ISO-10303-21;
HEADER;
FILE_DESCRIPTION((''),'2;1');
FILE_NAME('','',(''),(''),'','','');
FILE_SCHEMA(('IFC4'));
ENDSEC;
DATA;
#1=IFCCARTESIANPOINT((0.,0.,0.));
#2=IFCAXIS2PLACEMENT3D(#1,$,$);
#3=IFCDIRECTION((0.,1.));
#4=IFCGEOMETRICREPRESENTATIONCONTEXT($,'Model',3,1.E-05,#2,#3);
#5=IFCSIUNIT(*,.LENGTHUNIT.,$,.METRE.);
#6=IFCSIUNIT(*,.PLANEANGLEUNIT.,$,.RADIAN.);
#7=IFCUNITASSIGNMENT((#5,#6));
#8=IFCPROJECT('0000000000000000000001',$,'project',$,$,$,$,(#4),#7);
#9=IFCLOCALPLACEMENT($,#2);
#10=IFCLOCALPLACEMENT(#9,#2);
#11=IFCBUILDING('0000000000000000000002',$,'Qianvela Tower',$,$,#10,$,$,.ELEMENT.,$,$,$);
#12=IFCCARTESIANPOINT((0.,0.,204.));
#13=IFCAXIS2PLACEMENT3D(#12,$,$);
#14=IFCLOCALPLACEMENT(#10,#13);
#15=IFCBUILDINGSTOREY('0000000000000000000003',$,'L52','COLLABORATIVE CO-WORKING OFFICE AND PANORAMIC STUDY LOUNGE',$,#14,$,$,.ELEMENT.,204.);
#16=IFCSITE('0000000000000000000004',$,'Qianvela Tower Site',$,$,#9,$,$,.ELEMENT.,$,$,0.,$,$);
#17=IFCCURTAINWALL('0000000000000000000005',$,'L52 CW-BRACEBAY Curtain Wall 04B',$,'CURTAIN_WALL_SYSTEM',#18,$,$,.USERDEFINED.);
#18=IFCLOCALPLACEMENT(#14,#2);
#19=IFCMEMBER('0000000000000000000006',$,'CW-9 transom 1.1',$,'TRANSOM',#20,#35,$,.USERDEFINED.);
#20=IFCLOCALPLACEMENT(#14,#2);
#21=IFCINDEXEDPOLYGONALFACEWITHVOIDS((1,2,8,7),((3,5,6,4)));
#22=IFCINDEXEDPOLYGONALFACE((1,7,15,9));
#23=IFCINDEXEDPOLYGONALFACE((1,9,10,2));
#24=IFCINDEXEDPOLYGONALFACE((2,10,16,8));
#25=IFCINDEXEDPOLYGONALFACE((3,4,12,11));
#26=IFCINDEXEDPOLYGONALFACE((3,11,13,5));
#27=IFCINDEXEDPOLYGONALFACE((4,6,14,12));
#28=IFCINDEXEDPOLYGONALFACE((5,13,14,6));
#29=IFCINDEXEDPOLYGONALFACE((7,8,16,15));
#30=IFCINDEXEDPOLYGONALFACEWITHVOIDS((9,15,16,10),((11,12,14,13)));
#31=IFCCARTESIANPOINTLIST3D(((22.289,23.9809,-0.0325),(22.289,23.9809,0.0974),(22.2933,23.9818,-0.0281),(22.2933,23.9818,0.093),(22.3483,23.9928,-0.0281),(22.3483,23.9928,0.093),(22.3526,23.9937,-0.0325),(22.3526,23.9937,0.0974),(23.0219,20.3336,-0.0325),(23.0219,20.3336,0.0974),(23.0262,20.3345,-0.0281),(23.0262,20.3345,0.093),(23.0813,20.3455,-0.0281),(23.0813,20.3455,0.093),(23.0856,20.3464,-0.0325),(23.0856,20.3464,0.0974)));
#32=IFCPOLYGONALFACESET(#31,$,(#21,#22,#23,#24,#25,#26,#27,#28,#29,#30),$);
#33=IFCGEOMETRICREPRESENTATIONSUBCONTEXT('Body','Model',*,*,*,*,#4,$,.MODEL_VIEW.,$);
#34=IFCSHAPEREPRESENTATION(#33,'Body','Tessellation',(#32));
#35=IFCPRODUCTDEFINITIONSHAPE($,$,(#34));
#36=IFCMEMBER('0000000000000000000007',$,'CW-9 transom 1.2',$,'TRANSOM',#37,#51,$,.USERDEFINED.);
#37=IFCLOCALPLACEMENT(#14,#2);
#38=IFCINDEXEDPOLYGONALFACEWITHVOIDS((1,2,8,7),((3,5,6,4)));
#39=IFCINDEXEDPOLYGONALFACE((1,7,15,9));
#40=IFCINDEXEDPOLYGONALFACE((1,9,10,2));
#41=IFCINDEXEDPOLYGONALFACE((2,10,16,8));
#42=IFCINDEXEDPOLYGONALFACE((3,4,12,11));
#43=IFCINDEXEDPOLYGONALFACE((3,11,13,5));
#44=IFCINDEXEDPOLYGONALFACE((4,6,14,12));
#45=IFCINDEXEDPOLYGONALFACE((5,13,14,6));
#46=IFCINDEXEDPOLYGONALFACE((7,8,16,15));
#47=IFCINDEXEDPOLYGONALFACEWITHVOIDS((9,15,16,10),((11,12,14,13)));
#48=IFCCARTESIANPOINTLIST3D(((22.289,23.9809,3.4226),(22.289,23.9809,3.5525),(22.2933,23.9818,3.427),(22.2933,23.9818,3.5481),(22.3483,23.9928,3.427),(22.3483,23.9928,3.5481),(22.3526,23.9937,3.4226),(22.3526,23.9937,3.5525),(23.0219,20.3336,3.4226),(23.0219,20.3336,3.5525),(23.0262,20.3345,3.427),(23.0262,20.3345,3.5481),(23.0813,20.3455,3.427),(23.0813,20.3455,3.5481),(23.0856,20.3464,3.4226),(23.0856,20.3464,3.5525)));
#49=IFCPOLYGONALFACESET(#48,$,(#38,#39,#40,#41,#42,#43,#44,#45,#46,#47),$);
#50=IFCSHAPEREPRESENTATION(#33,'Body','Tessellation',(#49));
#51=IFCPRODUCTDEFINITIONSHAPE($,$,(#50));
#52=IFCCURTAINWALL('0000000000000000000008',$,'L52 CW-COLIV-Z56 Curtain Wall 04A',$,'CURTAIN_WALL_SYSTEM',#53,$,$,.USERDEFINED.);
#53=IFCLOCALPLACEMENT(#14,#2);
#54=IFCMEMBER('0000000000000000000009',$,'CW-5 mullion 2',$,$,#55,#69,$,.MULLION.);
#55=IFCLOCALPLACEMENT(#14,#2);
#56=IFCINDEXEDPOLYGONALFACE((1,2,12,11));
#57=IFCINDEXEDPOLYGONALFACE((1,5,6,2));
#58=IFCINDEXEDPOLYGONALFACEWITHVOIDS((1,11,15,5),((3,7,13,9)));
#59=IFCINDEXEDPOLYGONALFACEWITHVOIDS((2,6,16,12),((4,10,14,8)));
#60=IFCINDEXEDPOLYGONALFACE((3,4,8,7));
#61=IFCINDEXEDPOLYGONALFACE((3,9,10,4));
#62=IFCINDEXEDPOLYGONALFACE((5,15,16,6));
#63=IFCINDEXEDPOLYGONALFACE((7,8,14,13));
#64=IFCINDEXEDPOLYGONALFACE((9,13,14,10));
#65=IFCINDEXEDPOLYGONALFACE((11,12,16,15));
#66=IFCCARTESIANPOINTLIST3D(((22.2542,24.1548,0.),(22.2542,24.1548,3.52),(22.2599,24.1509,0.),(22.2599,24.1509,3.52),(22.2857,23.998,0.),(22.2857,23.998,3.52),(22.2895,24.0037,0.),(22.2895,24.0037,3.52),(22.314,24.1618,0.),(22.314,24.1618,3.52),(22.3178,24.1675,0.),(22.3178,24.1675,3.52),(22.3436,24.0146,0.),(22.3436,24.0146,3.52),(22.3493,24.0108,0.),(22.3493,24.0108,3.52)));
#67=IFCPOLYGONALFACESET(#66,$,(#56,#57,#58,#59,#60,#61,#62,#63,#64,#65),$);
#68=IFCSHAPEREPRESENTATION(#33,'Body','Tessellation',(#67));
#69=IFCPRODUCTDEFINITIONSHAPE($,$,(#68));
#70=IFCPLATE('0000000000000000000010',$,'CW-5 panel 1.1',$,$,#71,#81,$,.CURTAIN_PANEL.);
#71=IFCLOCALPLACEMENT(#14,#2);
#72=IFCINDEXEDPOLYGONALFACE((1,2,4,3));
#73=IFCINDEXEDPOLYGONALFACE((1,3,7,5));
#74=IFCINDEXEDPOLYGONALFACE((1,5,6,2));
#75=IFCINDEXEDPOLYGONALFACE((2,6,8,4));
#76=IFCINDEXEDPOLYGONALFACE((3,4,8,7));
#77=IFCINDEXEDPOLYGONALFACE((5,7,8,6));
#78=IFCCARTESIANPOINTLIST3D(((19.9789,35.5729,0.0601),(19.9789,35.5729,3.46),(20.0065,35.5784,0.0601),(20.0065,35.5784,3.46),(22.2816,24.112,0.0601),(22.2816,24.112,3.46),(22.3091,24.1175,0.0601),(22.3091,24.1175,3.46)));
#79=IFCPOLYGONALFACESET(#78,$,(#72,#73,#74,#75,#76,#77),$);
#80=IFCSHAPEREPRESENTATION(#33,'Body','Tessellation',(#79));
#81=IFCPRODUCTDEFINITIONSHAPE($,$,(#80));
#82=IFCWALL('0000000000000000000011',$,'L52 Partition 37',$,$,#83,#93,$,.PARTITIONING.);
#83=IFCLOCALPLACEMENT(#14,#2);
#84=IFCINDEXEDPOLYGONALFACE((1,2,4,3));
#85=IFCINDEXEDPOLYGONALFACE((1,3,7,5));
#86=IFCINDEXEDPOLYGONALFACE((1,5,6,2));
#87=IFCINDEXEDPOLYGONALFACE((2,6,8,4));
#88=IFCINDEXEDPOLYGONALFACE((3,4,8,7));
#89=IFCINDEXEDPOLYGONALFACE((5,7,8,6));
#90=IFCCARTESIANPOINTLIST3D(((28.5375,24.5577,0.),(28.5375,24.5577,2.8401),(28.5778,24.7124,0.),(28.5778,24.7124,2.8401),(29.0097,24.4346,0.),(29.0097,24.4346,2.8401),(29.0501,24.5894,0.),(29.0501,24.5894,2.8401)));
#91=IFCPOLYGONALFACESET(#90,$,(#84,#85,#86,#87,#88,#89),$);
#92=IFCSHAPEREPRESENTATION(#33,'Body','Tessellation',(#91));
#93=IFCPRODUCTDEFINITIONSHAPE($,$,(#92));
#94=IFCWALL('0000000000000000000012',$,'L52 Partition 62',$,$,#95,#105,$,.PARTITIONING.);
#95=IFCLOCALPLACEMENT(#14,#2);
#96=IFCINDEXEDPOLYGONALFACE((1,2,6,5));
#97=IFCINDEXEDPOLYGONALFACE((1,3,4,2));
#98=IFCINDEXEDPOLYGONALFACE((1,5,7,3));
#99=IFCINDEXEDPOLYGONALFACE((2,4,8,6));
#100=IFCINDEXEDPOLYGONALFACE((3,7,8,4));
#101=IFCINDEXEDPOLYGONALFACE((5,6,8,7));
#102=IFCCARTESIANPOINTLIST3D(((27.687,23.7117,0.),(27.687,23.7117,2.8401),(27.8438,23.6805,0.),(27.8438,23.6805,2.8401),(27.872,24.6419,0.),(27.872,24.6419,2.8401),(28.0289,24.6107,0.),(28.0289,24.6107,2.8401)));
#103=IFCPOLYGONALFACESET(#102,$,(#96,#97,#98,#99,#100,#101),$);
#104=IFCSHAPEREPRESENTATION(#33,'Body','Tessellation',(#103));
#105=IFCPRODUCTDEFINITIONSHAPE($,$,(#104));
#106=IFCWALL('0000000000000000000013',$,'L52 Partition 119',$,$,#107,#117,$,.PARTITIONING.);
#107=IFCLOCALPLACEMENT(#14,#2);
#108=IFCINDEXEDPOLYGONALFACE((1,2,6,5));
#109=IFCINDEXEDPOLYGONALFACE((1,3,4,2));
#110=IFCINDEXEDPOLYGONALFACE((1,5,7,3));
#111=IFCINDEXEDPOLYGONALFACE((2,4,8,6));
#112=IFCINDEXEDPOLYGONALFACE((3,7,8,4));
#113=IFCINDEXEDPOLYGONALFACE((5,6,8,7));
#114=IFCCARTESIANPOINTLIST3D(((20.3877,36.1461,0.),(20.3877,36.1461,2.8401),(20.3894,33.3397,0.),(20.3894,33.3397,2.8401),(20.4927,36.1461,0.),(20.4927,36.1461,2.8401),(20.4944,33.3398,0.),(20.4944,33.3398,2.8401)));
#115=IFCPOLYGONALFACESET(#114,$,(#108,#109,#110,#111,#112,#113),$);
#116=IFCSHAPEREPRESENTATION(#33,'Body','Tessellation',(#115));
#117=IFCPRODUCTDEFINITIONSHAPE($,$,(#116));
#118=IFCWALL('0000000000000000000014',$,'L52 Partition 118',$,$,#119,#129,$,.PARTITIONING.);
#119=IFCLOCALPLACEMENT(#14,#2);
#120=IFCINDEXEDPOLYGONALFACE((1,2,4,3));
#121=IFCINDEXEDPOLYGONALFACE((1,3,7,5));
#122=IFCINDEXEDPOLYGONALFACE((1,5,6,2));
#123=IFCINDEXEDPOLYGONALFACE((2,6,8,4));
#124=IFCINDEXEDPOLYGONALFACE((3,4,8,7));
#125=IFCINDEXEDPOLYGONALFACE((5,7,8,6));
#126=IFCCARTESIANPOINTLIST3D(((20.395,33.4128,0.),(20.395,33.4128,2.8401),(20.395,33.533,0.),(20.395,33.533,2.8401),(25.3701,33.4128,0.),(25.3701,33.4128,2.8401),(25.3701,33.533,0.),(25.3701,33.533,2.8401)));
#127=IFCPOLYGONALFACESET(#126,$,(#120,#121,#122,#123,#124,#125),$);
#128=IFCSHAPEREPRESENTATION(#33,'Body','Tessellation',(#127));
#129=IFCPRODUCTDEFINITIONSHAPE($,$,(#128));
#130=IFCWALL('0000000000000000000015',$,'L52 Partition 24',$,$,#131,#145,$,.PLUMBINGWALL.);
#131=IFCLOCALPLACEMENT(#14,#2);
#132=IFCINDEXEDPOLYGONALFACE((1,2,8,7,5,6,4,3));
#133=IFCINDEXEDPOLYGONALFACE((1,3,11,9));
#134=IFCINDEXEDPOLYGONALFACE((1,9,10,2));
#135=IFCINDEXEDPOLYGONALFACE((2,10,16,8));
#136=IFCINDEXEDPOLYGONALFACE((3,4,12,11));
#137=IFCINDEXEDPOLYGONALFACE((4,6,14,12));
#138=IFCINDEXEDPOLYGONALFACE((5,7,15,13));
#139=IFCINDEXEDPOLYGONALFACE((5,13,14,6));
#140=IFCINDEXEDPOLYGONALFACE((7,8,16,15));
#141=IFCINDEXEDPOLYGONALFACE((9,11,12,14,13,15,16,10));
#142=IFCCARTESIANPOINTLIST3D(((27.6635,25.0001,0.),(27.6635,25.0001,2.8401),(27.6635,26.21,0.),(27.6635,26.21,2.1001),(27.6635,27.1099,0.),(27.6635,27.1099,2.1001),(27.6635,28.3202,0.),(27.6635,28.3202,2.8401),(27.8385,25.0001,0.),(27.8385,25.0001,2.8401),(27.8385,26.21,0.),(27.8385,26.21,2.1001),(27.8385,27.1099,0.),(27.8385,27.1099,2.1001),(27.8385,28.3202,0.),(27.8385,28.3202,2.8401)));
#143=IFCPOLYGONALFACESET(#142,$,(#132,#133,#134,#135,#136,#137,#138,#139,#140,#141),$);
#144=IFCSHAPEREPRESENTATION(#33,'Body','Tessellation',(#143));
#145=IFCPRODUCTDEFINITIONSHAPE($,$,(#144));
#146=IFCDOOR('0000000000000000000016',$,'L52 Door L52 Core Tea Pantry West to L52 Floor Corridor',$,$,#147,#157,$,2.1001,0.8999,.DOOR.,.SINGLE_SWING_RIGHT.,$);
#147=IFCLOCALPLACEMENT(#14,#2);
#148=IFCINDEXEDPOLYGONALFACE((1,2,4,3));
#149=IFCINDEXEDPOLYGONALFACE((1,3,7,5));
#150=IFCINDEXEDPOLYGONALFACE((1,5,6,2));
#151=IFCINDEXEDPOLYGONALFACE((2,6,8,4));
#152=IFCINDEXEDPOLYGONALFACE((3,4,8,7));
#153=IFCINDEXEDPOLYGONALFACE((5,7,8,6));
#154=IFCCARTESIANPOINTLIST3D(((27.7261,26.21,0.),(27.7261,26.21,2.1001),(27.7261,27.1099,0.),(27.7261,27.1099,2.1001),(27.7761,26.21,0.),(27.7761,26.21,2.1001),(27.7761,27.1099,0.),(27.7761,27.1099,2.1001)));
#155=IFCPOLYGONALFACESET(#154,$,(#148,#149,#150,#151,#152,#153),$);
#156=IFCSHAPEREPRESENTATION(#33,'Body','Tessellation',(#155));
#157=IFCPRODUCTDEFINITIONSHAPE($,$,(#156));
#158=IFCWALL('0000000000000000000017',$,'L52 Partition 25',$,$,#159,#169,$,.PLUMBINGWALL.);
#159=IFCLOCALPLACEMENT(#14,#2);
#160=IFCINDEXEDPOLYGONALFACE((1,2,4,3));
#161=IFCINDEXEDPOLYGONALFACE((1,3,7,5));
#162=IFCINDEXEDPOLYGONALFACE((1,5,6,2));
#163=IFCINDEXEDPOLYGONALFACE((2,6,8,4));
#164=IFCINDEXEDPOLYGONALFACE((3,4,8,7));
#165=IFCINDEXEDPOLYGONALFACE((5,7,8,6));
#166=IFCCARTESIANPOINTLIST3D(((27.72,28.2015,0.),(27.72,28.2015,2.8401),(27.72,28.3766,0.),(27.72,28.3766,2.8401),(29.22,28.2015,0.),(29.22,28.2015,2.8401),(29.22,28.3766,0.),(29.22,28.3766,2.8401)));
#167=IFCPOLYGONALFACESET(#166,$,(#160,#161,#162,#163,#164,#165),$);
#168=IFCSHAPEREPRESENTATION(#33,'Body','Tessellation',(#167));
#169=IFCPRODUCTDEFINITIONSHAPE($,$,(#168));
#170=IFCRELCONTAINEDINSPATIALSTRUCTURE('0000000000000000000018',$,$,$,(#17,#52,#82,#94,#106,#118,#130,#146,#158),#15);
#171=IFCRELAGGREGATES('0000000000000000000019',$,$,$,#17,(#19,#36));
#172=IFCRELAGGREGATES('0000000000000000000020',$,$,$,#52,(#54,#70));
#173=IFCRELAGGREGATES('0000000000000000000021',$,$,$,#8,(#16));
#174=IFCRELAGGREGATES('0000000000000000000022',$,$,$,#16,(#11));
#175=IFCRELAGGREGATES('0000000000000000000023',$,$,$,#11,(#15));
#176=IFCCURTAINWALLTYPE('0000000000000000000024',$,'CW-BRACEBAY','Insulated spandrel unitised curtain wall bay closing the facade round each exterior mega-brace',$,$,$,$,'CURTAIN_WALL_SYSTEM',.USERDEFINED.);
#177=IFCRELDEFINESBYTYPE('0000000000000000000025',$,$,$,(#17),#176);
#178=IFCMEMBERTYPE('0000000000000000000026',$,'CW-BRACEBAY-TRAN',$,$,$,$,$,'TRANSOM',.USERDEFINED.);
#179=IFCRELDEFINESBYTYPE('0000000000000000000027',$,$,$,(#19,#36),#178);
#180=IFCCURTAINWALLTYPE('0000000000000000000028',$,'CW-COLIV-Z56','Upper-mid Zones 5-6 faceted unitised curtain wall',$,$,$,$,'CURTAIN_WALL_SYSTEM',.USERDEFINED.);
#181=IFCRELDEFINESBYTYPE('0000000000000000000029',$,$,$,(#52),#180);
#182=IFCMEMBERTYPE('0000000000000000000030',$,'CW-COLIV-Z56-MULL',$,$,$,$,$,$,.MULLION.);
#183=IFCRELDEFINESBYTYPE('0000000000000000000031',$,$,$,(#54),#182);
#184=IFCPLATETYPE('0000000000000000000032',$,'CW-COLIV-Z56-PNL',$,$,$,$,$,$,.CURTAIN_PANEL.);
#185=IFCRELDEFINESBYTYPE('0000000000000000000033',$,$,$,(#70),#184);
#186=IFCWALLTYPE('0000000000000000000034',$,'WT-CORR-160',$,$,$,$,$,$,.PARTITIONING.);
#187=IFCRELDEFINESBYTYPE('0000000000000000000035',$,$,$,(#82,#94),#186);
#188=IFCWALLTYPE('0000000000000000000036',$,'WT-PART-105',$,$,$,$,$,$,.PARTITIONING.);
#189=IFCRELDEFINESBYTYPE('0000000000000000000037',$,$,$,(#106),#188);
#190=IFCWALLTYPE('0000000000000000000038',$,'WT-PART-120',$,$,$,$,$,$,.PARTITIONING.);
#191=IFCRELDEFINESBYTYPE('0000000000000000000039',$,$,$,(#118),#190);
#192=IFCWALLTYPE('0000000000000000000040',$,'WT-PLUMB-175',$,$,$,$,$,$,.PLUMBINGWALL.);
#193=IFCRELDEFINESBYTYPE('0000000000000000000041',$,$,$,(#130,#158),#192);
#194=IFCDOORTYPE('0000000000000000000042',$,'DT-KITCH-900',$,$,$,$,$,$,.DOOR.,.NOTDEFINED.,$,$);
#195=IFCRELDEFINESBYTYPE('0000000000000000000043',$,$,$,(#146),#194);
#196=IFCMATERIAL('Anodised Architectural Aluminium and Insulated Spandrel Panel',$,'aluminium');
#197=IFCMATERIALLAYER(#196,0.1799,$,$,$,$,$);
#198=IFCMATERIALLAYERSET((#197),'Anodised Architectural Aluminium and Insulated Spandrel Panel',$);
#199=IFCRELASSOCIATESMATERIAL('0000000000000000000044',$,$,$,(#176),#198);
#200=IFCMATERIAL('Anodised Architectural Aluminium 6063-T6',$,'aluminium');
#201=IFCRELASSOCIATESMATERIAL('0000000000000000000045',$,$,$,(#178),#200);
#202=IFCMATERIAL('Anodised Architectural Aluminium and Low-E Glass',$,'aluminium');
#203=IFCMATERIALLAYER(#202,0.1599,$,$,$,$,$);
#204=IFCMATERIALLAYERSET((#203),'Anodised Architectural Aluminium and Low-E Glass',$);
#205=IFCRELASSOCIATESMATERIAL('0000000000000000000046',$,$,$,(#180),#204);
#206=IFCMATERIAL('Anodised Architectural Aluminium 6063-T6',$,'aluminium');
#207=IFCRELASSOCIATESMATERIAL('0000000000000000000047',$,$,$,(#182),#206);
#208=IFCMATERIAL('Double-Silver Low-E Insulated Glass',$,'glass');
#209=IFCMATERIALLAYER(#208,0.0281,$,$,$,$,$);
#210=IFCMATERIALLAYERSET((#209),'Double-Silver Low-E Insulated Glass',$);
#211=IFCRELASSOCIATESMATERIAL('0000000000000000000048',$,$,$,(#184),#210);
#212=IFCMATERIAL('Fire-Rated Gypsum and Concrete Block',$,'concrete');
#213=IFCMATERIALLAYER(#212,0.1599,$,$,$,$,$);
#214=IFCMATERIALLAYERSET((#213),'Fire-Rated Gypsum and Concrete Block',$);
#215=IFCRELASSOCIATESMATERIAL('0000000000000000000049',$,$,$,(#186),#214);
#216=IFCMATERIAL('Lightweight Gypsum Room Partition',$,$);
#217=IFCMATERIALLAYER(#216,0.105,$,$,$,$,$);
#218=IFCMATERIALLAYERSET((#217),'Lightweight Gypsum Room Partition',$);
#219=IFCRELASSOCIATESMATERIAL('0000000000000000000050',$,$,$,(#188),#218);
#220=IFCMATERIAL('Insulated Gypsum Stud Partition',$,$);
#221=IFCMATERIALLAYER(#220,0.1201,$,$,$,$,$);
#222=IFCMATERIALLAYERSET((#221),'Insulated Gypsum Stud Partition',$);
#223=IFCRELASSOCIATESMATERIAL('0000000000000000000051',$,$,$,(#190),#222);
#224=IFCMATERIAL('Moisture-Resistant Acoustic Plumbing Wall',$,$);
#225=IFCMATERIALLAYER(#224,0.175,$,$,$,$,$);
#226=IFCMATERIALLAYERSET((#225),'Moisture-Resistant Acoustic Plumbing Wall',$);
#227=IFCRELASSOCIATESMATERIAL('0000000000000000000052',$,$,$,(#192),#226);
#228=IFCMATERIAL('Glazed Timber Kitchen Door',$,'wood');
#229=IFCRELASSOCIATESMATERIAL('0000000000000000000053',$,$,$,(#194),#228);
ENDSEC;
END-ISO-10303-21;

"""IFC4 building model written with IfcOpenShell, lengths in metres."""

from ifc_helpers import new_model, si_unit, direction, frame, frame_2d, origin, origin_2d, place, context, subcontext, project, spatial, rectangle, hollow_rectangle, extrude, material, layer, layer_set, material_profile, profile_set, type_object, element, fill, aggregate, save


model = new_model("IFC4")

# Units and contexts
model_context = context("Model", 3, precision=1e-05, world=origin(), true_north=direction((0.0, 1.0)))
body_context = subcontext(model_context, "Body", "Model", "MODEL_VIEW")
ifc_project = project(units=[si_unit("LENGTHUNIT", "METRE"), si_unit("PLANEANGLEUNIT", "RADIAN")], contexts=[model_context])

# Site, building, storey
site_placement = place(None, origin())
site = spatial("IfcSite", under=ifc_project, at=site_placement, Name="Qianvela Tower Site", CompositionType="ELEMENT", RefElevation=0.0)
building_placement = place(site_placement, origin())
building = spatial("IfcBuilding", under=site, at=building_placement, Name="Qianvela Tower", CompositionType="ELEMENT")
storey_placement = place(building_placement, frame((0.0, 0.0, 204.0)))
storey = spatial("IfcBuildingStorey", under=building, at=storey_placement, Name="L52", Description="COLLABORATIVE CO-WORKING OFFICE AND PANORAMIC STUDY LOUNGE", CompositionType="ELEMENT", Elevation=204.0)

# Curtain wall, members
ifc_material_1 = material(Name="Anodised Architectural Aluminium and Insulated Spandrel Panel", Category="aluminium")
ifc_layer_1 = layer(ifc_material_1, 0.1799)
ifc_layer_set_1 = layer_set([ifc_layer_1], Name="Anodised Architectural Aluminium and Insulated Spandrel Panel")
curtain_wall_type_1 = type_object("IfcCurtainWallType", Name="CW-BRACEBAY", Description="Insulated spandrel unitised curtain wall bay closing the facade round each exterior mega-brace", ElementType="CURTAIN_WALL_SYSTEM", PredefinedType="USERDEFINED", material=ifc_layer_set_1)
curtain_wall_1_placement = place(storey_placement, origin())
curtain_wall_1 = element("IfcCurtainWall", 1, at=curtain_wall_1_placement, inside=storey, type_object=curtain_wall_type_1, Name="L52 CW-BRACEBAY Curtain Wall 04B", ObjectType="CURTAIN_WALL_SYSTEM", PredefinedType="USERDEFINED")
ifc_material_2 = material(Name="Anodised Architectural Aluminium 6063-T6", Category="aluminium")
ifc_material_profile_1 = material_profile(ifc_material_2, hollow_rectangle(XDim=0.0649, YDim=0.1299, WallThickness=0.0044, at=origin_2d()), Name="ALU-TRAN-65x130")
ifc_profile_set_1 = profile_set([ifc_material_profile_1], Name="Anodised Architectural Aluminium 6063-T6")
member_type_1 = type_object("IfcMemberType", Name="CW-BRACEBAY-TRAN", ElementType="TRANSOM", PredefinedType="USERDEFINED", material=ifc_profile_set_1)
member_1_placement = place(storey_placement, frame((22.3208, 23.9873, 0.0325), z_axis=(0.197012, -0.980401, 0.0), x_axis=(0.980401, 0.197012, 0.0)))
member_1 = element("IfcMember", 2, at=member_1_placement, type_object=member_type_1, Name="CW-9 transom 1.1", ObjectType="TRANSOM", PredefinedType="USERDEFINED", context=body_context, shape_type="SweptSolid", body=[
    extrude(hollow_rectangle(XDim=0.0649, YDim=0.1299, WallThickness=0.0044, at=origin_2d()), origin(), (0.0, 0.0, 1.0), 3.7202),
])
member_2_placement = place(storey_placement, frame((22.3208, 23.9873, 3.4875), z_axis=(0.197012, -0.980401, 0.0), x_axis=(0.980401, 0.197012, 0.0)))
member_2 = element("IfcMember", 3, at=member_2_placement, type_object=member_type_1, Name="CW-9 transom 1.2", ObjectType="TRANSOM", PredefinedType="USERDEFINED", context=body_context, shape_type="SweptSolid", body=[
    extrude(hollow_rectangle(XDim=0.0649, YDim=0.1299, WallThickness=0.0044, at=origin_2d()), origin(), (0.0, 0.0, 1.0), 3.7202),
])
aggregate(curtain_wall_1, [member_1, member_2])

# Curtain wall, member, plate
ifc_material_3 = material(Name="Anodised Architectural Aluminium and Low-E Glass", Category="aluminium")
ifc_layer_2 = layer(ifc_material_3, 0.1599)
ifc_layer_set_2 = layer_set([ifc_layer_2], Name="Anodised Architectural Aluminium and Low-E Glass")
curtain_wall_type_2 = type_object("IfcCurtainWallType", Name="CW-COLIV-Z56", Description="Upper-mid Zones 5-6 faceted unitised curtain wall", ElementType="CURTAIN_WALL_SYSTEM", PredefinedType="USERDEFINED", material=ifc_layer_set_2)
curtain_wall_2_placement = place(storey_placement, origin())
curtain_wall_2 = element("IfcCurtainWall", 4, at=curtain_wall_2_placement, inside=storey, type_object=curtain_wall_type_2, Name="L52 CW-COLIV-Z56 Curtain Wall 04A", ObjectType="CURTAIN_WALL_SYSTEM", PredefinedType="USERDEFINED")
ifc_material_4 = material(Name="Anodised Architectural Aluminium 6063-T6", Category="aluminium")
ifc_material_profile_2 = material_profile(ifc_material_4, hollow_rectangle(XDim=0.0649, YDim=0.1599, WallThickness=0.0049, at=origin_2d()), Name="ALU-MULL-65x160")
ifc_profile_set_2 = profile_set([ifc_material_profile_2], Name="Anodised Architectural Aluminium 6063-T6")
member_type_2 = type_object("IfcMemberType", Name="CW-COLIV-Z56-MULL", PredefinedType="MULLION", material=ifc_profile_set_2)
member_3_placement = place(storey_placement, frame((22.3018, 24.0828, 0.0), z_axis=(0.0, 0.0, 1.0), x_axis=(0.980408, 0.19698, 0.0)))
member_3 = element("IfcMember", 5, at=member_3_placement, type_object=member_type_2, Name="CW-5 mullion 2", PredefinedType="MULLION", context=body_context, shape_type="SweptSolid", body=[
    extrude(hollow_rectangle(XDim=0.0649, YDim=0.1599, WallThickness=0.0049, at=origin_2d()), origin(), (0.0, 0.0, 1.0), 3.52),
])
ifc_material_5 = material(Name="Double-Silver Low-E Insulated Glass", Category="glass")
ifc_layer_3 = layer(ifc_material_5, 0.0281)
ifc_layer_set_3 = layer_set([ifc_layer_3], Name="Double-Silver Low-E Insulated Glass")
plate_type = type_object("IfcPlateType", Name="CW-COLIV-Z56-PNL", PredefinedType="CURTAIN_PANEL", material=ifc_layer_set_3)
plate_placement = place(storey_placement, frame((21.144, 29.8452, 0.0601), z_axis=(0.0, 0.0, 1.0), x_axis=(0.19698, -0.980408, 0.0)))
plate = element("IfcPlate", 6, at=plate_placement, type_object=plate_type, Name="CW-5 panel 1.1", PredefinedType="CURTAIN_PANEL", context=body_context, shape_type="SweptSolid", body=[
    extrude(rectangle(XDim=11.6899, YDim=0.0281, at=origin_2d()), origin(), (0.0, 0.0, 1.0), 3.3999),
])
aggregate(curtain_wall_2, [member_3, plate])

# Walls
ifc_material_6 = material(Name="Fire-Rated Gypsum and Concrete Block", Category="concrete")
ifc_layer_4 = layer(ifc_material_6, 0.1599)
ifc_layer_set_4 = layer_set([ifc_layer_4], Name="Fire-Rated Gypsum and Concrete Block")
wall_type_1 = type_object("IfcWallType", Name="WT-CORR-160", PredefinedType="PARTITIONING", material=ifc_layer_set_4)
wall_1_placement = place(storey_placement, frame((29.03, 24.512, 0.0), z_axis=(0.0, 0.0, 1.0), x_axis=(-0.967681, 0.252177, 0.0)))
element("IfcWall", 7, at=wall_1_placement, inside=storey, type_object=wall_type_1, Name="L52 Partition 37", PredefinedType="PARTITIONING", context=body_context, shape_type="SweptSolid", body=[
    extrude(rectangle(XDim=0.488, YDim=0.1599, at=frame_2d((0.2441, 0.0))), origin(), (0.0, 0.0, 1.0), 2.8401),
])
wall_2_placement = place(storey_placement, frame((27.9504, 24.6262, 0.0), z_axis=(0.0, 0.0, 1.0), x_axis=(-0.195126, -0.980778, 0.0)))
element("IfcWall", 8, at=wall_2_placement, inside=storey, type_object=wall_type_1, Name="L52 Partition 62", PredefinedType="PARTITIONING", context=body_context, shape_type="SweptSolid", body=[
    extrude(rectangle(XDim=0.9485, YDim=0.1599, at=frame_2d((0.4741, 0.0))), origin(), (0.0, 0.0, 1.0), 2.8401),
])
ifc_material_7 = material(Name="Lightweight Gypsum Room Partition")
ifc_layer_5 = layer(ifc_material_7, 0.105)
ifc_layer_set_5 = layer_set([ifc_layer_5], Name="Lightweight Gypsum Room Partition")
wall_type_2 = type_object("IfcWallType", Name="WT-PART-105", PredefinedType="PARTITIONING", material=ifc_layer_set_5)
wall_3_placement = place(storey_placement, frame((20.4419, 33.3396, 0.0), z_axis=(0.0, 0.0, 1.0), x_axis=(-0.000609, 1.0, 0.0)))
element("IfcWall", 9, at=wall_3_placement, inside=storey, type_object=wall_type_2, Name="L52 Partition 119", PredefinedType="PARTITIONING", context=body_context, shape_type="SweptSolid", body=[
    extrude(rectangle(XDim=2.8064, YDim=0.105, at=frame_2d((1.4033, 0.0))), origin(), (0.0, 0.0, 1.0), 2.8401),
])
ifc_material_8 = material(Name="Insulated Gypsum Stud Partition")
ifc_layer_6 = layer(ifc_material_8, 0.1201)
ifc_layer_set_6 = layer_set([ifc_layer_6], Name="Insulated Gypsum Stud Partition")
wall_type_3 = type_object("IfcWallType", Name="WT-PART-120", PredefinedType="PARTITIONING", material=ifc_layer_set_6)
wall_4_placement = place(storey_placement, frame((25.3701, 33.4729, 0.0), z_axis=(0.0, 0.0, 1.0), x_axis=(-1.0, 0.0, 0.0)))
element("IfcWall", 10, at=wall_4_placement, inside=storey, type_object=wall_type_3, Name="L52 Partition 118", PredefinedType="PARTITIONING", context=body_context, shape_type="SweptSolid", body=[
    extrude(rectangle(XDim=4.9751, YDim=0.1201, at=frame_2d((2.4875, 0.0))), origin(), (0.0, 0.0, 1.0), 2.8401),
])

# Wall, opening, door
ifc_material_9 = material(Name="Moisture-Resistant Acoustic Plumbing Wall")
ifc_layer_7 = layer(ifc_material_9, 0.175)
ifc_layer_set_7 = layer_set([ifc_layer_7], Name="Moisture-Resistant Acoustic Plumbing Wall")
wall_type_4 = type_object("IfcWallType", Name="WT-PLUMB-175", PredefinedType="PLUMBINGWALL", material=ifc_layer_set_7)
wall_5_placement = place(storey_placement, frame((27.751, 25.0, 0.0), z_axis=(0.0, 0.0, 1.0), x_axis=(0.0, 1.0, 0.0)))
wall_5 = element("IfcWall", 11, at=wall_5_placement, inside=storey, type_object=wall_type_4, Name="L52 Partition 24", PredefinedType="PLUMBINGWALL", context=body_context, shape_type="SweptSolid", body=[
    extrude(rectangle(XDim=3.3201, YDim=0.175, at=frame_2d((1.6602, 0.0))), origin(), (0.0, 0.0, 1.0), 2.8401),
])
opening_1_placement = place(wall_5_placement, frame((1.21, 0.0, 0.0)))
opening_1 = element("IfcOpeningElement", 12, at=opening_1_placement, cuts=wall_5, PredefinedType="OPENING", context=body_context, shape_type="SweptSolid", body=[
    extrude(rectangle(XDim=0.8999, YDim=2.1001, at=frame_2d((0.45, 1.05))), frame((0.0, 0.0974, 0.0), z_axis=(0.0, -1.0, 0.0), x_axis=(1.0, 0.0, 0.0)), (0.0, 0.0, 1.0), 0.1951),
])
ifc_material_10 = material(Name="Glazed Timber Kitchen Door", Category="wood")
door_type_1 = type_object("IfcDoorType", Name="DT-KITCH-900", OperationType="NOTDEFINED", PredefinedType="DOOR", material=ifc_material_10)
door_1_placement = place(opening_1_placement, origin())
door_1 = element("IfcDoor", 13, at=door_1_placement, inside=storey, type_object=door_type_1, Name="L52 Door L52 Core Tea Pantry West to L52 Floor Corridor", OperationType="SINGLE_SWING_RIGHT", OverallHeight=2.1001, OverallWidth=0.8999, PredefinedType="DOOR", context=body_context, shape_type="SweptSolid", body=[
    extrude(rectangle(XDim=0.8999, YDim=2.1001, at=frame_2d((0.45, 1.05))), frame((0.0, 0.0249, 0.0), z_axis=(0.0, -1.0, 0.0), x_axis=(1.0, 0.0, 0.0)), (0.0, 0.0, 1.0), 0.05),
])
fill(opening_1, door_1)

# Wall
wall_6_placement = place(storey_placement, frame((27.72, 28.2891, 0.0), z_axis=(0.0, 0.0, 1.0), x_axis=(1.0, 0.0, 0.0)))
element("IfcWall", 14, at=wall_6_placement, inside=storey, type_object=wall_type_4, Name="L52 Partition 25", PredefinedType="PLUMBINGWALL", context=body_context, shape_type="SweptSolid", body=[
    extrude(rectangle(XDim=1.5, YDim=0.175, at=frame_2d((0.75, 0.0))), origin(), (0.0, 0.0, 1.0), 2.8401),
])

save(model, "model.ifc")
